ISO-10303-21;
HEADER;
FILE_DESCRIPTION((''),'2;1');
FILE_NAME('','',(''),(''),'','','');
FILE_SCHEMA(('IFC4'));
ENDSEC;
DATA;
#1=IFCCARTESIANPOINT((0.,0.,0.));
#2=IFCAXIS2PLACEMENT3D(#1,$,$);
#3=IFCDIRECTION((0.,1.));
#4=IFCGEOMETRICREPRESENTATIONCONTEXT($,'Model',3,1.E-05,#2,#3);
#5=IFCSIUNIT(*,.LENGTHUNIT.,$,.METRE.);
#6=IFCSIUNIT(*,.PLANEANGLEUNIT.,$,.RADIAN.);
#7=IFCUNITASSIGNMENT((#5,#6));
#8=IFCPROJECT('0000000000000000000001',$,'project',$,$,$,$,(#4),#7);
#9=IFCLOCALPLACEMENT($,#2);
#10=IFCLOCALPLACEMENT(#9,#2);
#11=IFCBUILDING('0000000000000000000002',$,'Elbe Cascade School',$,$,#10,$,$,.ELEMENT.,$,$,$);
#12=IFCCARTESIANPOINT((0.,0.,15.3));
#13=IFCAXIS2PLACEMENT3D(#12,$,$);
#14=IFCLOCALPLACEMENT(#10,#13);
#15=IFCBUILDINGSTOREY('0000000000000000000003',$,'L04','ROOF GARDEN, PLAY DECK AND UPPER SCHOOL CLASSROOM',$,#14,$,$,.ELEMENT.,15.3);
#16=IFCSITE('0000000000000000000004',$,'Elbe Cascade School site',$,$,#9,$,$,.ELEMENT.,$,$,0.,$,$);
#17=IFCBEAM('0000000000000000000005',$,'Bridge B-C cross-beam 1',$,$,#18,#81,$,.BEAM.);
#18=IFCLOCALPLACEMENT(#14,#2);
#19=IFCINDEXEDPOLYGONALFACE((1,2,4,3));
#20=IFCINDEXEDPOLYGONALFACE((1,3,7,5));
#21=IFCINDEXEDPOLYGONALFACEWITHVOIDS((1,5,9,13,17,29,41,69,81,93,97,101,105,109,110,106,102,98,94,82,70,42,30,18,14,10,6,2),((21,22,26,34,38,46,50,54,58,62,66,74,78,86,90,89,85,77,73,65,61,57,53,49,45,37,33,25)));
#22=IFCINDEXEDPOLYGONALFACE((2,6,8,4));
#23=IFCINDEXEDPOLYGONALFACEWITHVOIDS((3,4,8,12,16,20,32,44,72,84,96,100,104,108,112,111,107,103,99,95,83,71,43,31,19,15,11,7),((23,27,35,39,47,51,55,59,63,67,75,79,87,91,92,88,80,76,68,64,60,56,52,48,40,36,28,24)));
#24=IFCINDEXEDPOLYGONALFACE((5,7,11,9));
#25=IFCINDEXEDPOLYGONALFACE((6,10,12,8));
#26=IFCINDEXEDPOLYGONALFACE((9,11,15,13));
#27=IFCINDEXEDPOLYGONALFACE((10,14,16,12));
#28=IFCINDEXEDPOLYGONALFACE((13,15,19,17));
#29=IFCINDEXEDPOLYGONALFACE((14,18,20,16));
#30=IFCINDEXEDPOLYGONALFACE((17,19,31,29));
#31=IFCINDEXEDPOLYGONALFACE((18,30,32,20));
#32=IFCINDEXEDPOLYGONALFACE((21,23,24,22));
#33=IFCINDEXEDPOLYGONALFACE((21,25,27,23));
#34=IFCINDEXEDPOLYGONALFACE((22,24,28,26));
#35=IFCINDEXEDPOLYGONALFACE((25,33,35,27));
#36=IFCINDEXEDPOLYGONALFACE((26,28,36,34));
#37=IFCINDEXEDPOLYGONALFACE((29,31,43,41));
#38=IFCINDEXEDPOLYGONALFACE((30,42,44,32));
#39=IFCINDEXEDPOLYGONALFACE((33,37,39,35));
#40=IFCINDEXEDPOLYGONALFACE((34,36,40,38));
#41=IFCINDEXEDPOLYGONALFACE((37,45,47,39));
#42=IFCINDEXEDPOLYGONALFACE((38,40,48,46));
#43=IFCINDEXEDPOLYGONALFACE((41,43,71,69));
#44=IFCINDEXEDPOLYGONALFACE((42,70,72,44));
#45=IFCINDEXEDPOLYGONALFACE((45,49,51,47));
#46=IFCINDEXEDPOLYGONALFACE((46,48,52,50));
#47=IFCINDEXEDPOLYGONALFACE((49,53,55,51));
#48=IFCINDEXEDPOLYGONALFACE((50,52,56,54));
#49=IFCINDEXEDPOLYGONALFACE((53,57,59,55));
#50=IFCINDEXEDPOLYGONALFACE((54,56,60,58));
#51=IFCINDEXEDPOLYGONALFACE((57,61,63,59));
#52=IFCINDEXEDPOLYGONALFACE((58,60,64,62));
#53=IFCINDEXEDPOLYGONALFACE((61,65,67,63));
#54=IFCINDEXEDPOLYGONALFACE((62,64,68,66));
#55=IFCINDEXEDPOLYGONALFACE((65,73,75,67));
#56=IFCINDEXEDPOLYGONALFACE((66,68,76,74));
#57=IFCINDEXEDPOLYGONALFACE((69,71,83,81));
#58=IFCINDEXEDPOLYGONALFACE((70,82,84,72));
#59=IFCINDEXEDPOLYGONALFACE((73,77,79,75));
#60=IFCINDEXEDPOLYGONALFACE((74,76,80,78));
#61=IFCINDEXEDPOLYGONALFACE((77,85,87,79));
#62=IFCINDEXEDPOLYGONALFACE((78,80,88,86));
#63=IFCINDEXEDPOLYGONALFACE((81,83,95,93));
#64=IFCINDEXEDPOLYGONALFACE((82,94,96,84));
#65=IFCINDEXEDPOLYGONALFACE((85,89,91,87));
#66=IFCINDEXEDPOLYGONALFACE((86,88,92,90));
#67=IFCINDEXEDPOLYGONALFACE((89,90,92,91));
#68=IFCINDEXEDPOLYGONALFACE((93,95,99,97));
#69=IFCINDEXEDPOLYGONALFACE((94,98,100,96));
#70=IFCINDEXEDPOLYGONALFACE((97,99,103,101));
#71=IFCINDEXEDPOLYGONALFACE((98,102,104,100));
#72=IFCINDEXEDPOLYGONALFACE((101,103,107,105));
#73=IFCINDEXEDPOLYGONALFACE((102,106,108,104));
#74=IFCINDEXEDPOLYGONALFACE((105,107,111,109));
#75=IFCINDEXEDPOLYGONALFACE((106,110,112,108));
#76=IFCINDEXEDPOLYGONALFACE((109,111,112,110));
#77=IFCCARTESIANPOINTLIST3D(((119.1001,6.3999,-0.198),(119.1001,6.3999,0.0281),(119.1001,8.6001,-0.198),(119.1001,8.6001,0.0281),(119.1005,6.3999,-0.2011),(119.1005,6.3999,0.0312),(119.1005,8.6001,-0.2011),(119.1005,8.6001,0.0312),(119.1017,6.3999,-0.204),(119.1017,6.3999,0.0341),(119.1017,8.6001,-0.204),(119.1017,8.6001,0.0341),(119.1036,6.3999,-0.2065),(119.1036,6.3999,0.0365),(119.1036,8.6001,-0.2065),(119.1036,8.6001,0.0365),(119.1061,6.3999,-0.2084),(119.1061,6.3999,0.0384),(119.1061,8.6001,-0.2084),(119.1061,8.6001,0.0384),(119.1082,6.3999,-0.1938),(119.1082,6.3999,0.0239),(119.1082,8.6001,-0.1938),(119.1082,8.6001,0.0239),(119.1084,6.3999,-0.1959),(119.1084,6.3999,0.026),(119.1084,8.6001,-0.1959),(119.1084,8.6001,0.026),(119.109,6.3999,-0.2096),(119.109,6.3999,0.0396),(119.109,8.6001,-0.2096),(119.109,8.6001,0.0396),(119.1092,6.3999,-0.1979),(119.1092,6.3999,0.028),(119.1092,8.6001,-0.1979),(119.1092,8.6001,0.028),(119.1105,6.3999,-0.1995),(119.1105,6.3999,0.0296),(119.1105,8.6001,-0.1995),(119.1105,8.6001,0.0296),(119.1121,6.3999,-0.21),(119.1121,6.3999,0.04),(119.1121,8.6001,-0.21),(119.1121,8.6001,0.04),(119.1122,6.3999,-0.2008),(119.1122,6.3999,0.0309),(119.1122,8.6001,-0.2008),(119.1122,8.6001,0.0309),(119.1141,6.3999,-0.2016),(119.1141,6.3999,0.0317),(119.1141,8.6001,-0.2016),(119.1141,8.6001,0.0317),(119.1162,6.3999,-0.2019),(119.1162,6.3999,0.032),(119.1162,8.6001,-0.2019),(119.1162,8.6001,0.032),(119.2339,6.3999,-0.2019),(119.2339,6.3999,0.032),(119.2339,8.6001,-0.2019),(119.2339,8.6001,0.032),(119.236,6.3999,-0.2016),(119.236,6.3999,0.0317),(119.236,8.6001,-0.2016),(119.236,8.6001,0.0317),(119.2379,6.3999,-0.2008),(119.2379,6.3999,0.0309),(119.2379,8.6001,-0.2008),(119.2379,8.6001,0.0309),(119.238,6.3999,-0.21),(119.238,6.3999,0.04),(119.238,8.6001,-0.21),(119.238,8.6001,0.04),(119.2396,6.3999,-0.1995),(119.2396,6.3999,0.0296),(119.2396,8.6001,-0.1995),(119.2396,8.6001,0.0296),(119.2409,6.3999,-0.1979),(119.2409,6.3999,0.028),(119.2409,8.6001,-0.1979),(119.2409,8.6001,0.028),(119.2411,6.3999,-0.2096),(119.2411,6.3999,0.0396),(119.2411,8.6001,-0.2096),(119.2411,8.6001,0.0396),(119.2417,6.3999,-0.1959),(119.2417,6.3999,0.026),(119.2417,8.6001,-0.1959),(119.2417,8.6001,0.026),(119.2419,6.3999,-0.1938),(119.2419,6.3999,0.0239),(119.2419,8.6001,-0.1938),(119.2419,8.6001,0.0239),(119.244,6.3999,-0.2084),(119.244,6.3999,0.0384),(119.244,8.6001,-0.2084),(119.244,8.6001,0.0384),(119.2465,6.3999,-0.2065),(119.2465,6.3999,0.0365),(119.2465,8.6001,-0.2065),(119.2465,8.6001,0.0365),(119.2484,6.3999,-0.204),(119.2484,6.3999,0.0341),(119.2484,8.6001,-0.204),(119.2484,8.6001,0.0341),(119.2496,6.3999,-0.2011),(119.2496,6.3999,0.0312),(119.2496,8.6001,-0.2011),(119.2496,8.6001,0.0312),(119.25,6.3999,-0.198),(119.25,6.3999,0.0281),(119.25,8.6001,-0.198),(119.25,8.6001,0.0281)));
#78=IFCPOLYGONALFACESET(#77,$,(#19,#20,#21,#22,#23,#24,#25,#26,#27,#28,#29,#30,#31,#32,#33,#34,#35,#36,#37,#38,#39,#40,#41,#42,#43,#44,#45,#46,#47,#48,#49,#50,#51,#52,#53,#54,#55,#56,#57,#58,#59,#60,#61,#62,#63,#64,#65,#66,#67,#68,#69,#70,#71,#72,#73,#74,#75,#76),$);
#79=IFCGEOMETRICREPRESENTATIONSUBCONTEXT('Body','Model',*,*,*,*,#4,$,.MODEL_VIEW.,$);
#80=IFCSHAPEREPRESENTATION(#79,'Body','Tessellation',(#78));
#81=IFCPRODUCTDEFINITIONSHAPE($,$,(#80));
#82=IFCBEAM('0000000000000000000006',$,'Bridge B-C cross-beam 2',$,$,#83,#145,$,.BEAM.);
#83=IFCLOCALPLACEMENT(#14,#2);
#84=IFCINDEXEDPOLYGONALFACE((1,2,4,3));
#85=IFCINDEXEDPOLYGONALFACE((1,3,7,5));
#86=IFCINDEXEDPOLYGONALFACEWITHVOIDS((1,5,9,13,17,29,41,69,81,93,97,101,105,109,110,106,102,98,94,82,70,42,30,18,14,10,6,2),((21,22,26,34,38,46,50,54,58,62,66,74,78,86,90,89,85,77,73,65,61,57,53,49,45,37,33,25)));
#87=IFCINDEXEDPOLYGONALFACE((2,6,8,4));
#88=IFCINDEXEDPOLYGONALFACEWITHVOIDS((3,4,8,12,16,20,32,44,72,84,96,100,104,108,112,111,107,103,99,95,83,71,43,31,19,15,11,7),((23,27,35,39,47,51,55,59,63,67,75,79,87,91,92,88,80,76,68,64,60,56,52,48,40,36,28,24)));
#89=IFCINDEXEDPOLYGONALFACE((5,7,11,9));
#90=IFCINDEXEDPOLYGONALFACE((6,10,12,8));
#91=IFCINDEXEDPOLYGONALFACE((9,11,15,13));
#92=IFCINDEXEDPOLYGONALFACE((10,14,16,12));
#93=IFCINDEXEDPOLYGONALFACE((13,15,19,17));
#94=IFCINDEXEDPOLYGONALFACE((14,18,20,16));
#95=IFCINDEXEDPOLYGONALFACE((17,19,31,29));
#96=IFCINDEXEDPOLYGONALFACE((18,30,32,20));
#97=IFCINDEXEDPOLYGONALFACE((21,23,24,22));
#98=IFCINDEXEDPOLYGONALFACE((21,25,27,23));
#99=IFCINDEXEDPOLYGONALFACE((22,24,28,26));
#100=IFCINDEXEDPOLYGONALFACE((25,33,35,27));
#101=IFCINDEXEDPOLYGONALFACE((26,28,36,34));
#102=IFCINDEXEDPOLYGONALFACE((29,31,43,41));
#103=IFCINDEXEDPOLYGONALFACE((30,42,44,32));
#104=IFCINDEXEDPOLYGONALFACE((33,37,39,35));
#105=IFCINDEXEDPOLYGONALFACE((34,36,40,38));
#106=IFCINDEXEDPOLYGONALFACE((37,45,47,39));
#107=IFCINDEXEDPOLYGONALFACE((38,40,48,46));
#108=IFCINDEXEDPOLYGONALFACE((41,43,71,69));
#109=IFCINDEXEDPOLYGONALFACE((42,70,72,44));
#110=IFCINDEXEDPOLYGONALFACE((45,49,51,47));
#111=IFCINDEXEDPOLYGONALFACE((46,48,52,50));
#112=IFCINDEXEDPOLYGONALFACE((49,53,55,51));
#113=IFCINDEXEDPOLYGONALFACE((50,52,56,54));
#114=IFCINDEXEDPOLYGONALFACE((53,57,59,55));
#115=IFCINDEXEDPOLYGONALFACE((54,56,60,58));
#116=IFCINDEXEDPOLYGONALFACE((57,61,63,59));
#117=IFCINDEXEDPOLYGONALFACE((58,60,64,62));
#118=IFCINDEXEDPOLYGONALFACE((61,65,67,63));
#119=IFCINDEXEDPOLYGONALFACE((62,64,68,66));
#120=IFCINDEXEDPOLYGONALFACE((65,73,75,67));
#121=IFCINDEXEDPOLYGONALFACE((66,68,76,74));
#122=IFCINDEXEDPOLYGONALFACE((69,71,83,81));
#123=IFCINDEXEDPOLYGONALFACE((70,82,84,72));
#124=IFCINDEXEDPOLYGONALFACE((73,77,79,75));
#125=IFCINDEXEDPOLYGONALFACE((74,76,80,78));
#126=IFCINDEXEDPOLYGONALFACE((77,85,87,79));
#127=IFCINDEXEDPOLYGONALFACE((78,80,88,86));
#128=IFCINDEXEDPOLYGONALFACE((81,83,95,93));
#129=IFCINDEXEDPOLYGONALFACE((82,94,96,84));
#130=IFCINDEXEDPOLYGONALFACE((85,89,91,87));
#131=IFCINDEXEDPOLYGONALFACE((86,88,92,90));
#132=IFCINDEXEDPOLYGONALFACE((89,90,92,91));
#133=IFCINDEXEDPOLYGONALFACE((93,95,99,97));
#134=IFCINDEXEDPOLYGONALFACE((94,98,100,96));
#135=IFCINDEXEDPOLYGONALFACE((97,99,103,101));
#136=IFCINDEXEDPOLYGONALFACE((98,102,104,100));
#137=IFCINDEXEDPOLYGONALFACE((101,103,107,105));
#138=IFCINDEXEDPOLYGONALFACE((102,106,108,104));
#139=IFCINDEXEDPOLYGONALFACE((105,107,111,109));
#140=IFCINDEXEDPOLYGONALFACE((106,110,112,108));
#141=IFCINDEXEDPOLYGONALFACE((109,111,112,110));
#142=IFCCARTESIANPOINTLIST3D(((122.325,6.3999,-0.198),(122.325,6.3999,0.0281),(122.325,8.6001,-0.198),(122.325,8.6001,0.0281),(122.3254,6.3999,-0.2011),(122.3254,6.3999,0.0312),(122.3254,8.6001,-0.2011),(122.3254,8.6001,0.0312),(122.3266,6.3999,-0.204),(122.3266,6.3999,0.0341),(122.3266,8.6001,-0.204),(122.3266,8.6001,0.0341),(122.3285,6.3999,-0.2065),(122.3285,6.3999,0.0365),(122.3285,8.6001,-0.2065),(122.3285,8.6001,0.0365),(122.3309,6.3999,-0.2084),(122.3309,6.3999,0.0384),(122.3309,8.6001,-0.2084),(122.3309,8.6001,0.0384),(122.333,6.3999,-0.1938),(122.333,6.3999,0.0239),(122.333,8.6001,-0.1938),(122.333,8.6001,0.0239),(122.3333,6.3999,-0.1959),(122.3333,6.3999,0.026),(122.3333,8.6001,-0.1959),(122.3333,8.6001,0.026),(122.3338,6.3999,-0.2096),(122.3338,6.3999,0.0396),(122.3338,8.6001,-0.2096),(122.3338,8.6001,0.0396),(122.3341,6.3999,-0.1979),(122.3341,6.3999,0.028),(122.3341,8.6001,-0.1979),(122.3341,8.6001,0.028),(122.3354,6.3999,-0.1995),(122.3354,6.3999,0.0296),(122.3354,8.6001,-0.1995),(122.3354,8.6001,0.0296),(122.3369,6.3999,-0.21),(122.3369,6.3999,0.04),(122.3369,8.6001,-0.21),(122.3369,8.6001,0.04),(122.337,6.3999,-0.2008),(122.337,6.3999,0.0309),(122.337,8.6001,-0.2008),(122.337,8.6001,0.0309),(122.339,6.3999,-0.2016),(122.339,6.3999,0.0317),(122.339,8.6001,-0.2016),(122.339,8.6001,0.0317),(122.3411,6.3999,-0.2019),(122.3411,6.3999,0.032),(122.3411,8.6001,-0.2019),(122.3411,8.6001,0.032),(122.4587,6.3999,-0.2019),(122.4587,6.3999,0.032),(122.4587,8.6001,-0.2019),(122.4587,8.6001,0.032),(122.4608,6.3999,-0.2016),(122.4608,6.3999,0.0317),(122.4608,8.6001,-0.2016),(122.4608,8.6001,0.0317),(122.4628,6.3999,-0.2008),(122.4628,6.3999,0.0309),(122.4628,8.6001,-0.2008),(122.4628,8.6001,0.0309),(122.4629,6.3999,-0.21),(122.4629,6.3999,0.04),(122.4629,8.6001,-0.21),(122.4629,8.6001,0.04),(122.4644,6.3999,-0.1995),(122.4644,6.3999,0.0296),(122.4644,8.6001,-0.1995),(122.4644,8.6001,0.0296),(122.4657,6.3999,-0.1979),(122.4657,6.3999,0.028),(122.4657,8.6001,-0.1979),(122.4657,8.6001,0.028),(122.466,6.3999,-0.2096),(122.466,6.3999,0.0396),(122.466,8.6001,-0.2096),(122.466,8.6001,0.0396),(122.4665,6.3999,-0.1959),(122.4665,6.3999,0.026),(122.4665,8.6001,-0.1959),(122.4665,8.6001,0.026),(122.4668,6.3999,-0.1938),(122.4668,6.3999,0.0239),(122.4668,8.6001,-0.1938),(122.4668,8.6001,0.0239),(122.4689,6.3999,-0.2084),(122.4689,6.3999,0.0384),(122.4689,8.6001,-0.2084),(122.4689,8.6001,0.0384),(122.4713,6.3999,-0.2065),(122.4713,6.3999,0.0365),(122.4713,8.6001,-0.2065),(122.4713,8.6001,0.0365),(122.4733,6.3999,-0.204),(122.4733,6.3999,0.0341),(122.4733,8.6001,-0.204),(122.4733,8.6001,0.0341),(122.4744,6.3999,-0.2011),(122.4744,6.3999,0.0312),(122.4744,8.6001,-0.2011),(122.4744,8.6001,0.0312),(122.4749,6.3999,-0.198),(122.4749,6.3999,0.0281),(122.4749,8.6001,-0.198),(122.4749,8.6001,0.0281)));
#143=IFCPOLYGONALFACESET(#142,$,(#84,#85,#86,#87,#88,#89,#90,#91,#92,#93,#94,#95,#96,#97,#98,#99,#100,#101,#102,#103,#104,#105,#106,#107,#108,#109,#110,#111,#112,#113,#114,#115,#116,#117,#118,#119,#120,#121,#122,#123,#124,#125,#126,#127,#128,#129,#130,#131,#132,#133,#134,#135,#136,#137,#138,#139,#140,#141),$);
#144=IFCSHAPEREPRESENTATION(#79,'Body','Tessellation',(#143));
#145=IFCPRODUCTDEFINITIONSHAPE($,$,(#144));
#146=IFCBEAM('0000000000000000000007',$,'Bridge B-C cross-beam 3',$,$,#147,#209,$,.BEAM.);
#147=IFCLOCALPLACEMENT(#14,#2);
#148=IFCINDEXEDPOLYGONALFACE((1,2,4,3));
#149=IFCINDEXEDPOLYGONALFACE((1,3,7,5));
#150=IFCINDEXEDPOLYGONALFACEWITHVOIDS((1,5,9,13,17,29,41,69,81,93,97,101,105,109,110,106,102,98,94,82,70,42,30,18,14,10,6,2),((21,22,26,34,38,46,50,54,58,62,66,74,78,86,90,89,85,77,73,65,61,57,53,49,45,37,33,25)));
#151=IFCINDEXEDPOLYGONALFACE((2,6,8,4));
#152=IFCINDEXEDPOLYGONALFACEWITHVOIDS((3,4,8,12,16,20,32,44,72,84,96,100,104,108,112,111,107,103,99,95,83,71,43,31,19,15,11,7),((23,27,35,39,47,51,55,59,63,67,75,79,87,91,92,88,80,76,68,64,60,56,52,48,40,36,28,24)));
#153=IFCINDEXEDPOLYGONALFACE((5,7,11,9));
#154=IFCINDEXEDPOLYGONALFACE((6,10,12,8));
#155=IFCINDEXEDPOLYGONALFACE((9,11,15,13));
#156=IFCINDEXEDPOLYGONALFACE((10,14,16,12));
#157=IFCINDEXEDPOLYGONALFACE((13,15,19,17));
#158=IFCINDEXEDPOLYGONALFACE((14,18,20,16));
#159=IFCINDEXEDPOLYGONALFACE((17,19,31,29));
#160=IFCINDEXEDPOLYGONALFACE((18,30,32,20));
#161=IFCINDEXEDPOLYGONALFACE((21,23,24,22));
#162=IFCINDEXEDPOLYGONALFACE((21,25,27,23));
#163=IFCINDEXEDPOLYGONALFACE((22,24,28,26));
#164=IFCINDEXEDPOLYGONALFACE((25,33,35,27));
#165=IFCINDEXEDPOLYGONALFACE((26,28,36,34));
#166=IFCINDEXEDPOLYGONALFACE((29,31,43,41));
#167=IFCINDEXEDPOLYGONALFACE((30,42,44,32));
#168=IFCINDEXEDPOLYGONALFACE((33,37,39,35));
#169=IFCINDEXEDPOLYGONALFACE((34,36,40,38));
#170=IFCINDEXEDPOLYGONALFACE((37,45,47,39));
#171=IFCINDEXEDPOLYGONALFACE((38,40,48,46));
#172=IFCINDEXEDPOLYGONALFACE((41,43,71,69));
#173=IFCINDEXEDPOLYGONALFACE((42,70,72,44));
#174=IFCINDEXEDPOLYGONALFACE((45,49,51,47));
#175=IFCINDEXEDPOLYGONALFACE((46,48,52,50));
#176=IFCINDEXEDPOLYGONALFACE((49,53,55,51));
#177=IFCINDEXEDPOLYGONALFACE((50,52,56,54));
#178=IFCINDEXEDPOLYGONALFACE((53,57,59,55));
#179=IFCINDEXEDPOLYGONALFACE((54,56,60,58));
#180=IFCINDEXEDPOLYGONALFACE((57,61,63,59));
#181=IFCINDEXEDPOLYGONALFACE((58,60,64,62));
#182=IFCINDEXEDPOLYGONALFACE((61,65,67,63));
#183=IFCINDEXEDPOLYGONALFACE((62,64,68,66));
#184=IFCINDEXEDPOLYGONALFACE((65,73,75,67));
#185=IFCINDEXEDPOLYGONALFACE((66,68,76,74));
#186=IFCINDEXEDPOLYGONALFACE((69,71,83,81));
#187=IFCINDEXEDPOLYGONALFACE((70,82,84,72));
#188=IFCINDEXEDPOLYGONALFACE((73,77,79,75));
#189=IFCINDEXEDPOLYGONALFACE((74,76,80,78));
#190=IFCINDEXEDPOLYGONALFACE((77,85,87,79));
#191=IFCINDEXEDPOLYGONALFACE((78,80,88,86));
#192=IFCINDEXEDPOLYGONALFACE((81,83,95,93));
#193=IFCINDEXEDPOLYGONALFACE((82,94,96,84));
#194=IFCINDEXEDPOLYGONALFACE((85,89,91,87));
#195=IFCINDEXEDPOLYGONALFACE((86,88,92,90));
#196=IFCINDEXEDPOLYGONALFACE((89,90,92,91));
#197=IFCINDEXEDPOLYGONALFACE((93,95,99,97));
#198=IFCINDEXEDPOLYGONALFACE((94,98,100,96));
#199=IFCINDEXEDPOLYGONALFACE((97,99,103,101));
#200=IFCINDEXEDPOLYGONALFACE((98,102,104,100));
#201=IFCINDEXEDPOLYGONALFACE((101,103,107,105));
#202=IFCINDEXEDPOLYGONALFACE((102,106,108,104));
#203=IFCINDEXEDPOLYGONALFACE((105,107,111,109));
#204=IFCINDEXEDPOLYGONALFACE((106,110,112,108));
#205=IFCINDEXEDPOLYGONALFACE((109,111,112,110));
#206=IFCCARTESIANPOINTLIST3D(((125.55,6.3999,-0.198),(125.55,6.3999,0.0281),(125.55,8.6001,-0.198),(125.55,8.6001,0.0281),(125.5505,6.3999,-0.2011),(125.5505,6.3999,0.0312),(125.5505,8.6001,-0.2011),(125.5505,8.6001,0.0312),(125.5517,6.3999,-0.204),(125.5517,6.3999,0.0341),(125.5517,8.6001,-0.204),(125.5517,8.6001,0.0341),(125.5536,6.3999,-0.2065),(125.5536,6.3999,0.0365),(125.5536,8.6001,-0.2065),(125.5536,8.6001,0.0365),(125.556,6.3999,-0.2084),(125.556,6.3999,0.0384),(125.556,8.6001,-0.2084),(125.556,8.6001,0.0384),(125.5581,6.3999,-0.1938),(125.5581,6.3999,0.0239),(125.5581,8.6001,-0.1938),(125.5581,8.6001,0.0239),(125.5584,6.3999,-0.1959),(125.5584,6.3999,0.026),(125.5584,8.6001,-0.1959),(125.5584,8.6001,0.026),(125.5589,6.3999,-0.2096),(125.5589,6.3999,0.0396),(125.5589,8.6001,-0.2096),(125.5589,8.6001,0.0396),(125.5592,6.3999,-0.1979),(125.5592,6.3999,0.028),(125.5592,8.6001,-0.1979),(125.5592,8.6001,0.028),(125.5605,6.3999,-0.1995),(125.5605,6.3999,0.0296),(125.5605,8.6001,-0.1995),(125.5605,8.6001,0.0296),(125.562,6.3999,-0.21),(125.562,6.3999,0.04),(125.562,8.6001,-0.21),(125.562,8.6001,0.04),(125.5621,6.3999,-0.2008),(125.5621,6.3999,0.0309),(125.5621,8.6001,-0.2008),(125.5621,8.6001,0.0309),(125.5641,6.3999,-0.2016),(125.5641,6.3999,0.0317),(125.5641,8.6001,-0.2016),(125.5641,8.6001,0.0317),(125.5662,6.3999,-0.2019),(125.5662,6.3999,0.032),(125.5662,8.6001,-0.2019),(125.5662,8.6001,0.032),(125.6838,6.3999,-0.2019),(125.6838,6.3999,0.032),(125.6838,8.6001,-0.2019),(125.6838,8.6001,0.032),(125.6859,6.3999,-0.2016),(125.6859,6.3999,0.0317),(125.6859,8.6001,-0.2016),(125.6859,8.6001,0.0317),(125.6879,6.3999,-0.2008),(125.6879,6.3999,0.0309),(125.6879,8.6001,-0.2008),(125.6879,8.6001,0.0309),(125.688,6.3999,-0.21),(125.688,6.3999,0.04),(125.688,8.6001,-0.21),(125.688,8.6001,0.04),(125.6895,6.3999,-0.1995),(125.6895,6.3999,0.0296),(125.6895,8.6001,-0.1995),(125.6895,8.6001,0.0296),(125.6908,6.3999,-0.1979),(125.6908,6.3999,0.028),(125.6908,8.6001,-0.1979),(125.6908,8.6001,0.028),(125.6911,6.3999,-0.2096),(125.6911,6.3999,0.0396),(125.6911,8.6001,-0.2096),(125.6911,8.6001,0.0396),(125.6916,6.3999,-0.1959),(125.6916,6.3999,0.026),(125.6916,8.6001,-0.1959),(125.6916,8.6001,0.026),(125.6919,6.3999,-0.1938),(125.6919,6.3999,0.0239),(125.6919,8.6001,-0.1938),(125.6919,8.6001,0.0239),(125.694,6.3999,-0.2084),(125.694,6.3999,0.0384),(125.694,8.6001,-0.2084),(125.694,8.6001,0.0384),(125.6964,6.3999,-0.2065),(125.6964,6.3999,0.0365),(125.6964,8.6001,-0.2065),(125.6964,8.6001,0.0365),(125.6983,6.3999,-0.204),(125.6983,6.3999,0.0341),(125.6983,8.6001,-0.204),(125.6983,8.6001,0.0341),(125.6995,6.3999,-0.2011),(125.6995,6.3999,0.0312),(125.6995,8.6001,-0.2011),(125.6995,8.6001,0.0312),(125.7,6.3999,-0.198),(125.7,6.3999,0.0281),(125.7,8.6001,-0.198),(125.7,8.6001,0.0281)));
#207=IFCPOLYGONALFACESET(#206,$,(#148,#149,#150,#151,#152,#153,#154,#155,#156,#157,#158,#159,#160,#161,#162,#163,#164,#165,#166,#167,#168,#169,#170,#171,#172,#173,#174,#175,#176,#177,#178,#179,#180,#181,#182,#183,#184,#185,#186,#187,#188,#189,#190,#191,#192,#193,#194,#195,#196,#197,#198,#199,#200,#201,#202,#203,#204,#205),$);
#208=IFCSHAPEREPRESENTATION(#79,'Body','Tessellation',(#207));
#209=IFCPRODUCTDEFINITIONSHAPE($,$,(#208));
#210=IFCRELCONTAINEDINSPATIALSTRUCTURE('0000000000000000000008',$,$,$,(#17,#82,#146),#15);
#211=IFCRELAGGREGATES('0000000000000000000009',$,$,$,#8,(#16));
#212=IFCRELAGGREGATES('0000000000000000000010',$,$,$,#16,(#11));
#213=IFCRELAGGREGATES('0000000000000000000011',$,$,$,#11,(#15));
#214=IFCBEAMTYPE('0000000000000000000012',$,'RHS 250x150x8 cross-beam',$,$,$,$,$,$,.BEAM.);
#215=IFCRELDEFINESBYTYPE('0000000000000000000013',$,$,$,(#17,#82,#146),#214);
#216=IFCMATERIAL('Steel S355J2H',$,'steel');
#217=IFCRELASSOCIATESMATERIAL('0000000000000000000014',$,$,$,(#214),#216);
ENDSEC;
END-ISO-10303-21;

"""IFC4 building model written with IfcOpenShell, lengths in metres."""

from ifc_helpers import new_model, si_unit, direction, frame, origin, origin_2d, place, context, subcontext, project, spatial, hollow_rectangle, extrude, material, material_profile, profile_set, type_object, element, save


model = new_model("IFC4")

# Units and contexts
model_context = context("Model", 3, precision=1e-05, world=origin(), true_north=direction((0.0, 1.0)))
body_context = subcontext(model_context, "Body", "Model", "MODEL_VIEW")
ifc_project = project(units=[si_unit("LENGTHUNIT", "METRE"), si_unit("PLANEANGLEUNIT", "RADIAN")], contexts=[model_context])

# Site, building, storey
site_placement = place(None, origin())
site = spatial("IfcSite", under=ifc_project, at=site_placement, Name="Elbe Cascade School site", CompositionType="ELEMENT", RefElevation=0.0)
building_placement = place(site_placement, origin())
building = spatial("IfcBuilding", under=site, at=building_placement, Name="Elbe Cascade School", CompositionType="ELEMENT")
storey_placement = place(building_placement, frame((0.0, 0.0, 15.3)))
storey = spatial("IfcBuildingStorey", under=building, at=storey_placement, Name="L04", Description="ROOF GARDEN, PLAY DECK AND UPPER SCHOOL CLASSROOM", CompositionType="ELEMENT", Elevation=15.3)

# Beams
ifc_material_1 = material(Name="Steel S355J2H", Category="steel")
ifc_material_profile_1 = material_profile(ifc_material_1, hollow_rectangle(XDim=0.1499, YDim=0.25, WallThickness=0.0081, InnerFilletRadius=0.0081, OuterFilletRadius=0.012, at=origin_2d()), Name="RHS 250x150x8")
ifc_profile_set_1 = profile_set([ifc_material_profile_1], Name="Steel S355J2H")
beam_type_1 = type_object("IfcBeamType", Name="RHS 250x150x8 cross-beam", PredefinedType="BEAM", material=ifc_profile_set_1)
for number, where, z_axis, x_axis, name in (
    (1, (119.175, 6.3999, -0.085), (0.0, 1.0, 0.0), (-1.0, 0.0, 0.0), "Bridge B-C cross-beam 1"),
    (2, (122.3999, 6.3999, -0.085), (0.0, 1.0, 0.0), (-1.0, 0.0, 0.0), "Bridge B-C cross-beam 2"),
    (3, (125.625, 6.3999, -0.085), (0.0, 1.0, 0.0), (-1.0, 0.0, 0.0), "Bridge B-C cross-beam 3"),
):
    element("IfcBeam", number, at=place(storey_placement, frame(where, z_axis=z_axis, x_axis=x_axis)), inside=storey, type_object=beam_type_1, Name=name, PredefinedType="BEAM", context=body_context, shape_type="SweptSolid", body=[
        extrude(hollow_rectangle(XDim=0.1499, YDim=0.25, WallThickness=0.0081, InnerFilletRadius=0.0081, OuterFilletRadius=0.012, at=origin_2d()), origin(), (0.0, 0.0, 1.0), 2.2002),
    ])

save(model, "model.ifc")
